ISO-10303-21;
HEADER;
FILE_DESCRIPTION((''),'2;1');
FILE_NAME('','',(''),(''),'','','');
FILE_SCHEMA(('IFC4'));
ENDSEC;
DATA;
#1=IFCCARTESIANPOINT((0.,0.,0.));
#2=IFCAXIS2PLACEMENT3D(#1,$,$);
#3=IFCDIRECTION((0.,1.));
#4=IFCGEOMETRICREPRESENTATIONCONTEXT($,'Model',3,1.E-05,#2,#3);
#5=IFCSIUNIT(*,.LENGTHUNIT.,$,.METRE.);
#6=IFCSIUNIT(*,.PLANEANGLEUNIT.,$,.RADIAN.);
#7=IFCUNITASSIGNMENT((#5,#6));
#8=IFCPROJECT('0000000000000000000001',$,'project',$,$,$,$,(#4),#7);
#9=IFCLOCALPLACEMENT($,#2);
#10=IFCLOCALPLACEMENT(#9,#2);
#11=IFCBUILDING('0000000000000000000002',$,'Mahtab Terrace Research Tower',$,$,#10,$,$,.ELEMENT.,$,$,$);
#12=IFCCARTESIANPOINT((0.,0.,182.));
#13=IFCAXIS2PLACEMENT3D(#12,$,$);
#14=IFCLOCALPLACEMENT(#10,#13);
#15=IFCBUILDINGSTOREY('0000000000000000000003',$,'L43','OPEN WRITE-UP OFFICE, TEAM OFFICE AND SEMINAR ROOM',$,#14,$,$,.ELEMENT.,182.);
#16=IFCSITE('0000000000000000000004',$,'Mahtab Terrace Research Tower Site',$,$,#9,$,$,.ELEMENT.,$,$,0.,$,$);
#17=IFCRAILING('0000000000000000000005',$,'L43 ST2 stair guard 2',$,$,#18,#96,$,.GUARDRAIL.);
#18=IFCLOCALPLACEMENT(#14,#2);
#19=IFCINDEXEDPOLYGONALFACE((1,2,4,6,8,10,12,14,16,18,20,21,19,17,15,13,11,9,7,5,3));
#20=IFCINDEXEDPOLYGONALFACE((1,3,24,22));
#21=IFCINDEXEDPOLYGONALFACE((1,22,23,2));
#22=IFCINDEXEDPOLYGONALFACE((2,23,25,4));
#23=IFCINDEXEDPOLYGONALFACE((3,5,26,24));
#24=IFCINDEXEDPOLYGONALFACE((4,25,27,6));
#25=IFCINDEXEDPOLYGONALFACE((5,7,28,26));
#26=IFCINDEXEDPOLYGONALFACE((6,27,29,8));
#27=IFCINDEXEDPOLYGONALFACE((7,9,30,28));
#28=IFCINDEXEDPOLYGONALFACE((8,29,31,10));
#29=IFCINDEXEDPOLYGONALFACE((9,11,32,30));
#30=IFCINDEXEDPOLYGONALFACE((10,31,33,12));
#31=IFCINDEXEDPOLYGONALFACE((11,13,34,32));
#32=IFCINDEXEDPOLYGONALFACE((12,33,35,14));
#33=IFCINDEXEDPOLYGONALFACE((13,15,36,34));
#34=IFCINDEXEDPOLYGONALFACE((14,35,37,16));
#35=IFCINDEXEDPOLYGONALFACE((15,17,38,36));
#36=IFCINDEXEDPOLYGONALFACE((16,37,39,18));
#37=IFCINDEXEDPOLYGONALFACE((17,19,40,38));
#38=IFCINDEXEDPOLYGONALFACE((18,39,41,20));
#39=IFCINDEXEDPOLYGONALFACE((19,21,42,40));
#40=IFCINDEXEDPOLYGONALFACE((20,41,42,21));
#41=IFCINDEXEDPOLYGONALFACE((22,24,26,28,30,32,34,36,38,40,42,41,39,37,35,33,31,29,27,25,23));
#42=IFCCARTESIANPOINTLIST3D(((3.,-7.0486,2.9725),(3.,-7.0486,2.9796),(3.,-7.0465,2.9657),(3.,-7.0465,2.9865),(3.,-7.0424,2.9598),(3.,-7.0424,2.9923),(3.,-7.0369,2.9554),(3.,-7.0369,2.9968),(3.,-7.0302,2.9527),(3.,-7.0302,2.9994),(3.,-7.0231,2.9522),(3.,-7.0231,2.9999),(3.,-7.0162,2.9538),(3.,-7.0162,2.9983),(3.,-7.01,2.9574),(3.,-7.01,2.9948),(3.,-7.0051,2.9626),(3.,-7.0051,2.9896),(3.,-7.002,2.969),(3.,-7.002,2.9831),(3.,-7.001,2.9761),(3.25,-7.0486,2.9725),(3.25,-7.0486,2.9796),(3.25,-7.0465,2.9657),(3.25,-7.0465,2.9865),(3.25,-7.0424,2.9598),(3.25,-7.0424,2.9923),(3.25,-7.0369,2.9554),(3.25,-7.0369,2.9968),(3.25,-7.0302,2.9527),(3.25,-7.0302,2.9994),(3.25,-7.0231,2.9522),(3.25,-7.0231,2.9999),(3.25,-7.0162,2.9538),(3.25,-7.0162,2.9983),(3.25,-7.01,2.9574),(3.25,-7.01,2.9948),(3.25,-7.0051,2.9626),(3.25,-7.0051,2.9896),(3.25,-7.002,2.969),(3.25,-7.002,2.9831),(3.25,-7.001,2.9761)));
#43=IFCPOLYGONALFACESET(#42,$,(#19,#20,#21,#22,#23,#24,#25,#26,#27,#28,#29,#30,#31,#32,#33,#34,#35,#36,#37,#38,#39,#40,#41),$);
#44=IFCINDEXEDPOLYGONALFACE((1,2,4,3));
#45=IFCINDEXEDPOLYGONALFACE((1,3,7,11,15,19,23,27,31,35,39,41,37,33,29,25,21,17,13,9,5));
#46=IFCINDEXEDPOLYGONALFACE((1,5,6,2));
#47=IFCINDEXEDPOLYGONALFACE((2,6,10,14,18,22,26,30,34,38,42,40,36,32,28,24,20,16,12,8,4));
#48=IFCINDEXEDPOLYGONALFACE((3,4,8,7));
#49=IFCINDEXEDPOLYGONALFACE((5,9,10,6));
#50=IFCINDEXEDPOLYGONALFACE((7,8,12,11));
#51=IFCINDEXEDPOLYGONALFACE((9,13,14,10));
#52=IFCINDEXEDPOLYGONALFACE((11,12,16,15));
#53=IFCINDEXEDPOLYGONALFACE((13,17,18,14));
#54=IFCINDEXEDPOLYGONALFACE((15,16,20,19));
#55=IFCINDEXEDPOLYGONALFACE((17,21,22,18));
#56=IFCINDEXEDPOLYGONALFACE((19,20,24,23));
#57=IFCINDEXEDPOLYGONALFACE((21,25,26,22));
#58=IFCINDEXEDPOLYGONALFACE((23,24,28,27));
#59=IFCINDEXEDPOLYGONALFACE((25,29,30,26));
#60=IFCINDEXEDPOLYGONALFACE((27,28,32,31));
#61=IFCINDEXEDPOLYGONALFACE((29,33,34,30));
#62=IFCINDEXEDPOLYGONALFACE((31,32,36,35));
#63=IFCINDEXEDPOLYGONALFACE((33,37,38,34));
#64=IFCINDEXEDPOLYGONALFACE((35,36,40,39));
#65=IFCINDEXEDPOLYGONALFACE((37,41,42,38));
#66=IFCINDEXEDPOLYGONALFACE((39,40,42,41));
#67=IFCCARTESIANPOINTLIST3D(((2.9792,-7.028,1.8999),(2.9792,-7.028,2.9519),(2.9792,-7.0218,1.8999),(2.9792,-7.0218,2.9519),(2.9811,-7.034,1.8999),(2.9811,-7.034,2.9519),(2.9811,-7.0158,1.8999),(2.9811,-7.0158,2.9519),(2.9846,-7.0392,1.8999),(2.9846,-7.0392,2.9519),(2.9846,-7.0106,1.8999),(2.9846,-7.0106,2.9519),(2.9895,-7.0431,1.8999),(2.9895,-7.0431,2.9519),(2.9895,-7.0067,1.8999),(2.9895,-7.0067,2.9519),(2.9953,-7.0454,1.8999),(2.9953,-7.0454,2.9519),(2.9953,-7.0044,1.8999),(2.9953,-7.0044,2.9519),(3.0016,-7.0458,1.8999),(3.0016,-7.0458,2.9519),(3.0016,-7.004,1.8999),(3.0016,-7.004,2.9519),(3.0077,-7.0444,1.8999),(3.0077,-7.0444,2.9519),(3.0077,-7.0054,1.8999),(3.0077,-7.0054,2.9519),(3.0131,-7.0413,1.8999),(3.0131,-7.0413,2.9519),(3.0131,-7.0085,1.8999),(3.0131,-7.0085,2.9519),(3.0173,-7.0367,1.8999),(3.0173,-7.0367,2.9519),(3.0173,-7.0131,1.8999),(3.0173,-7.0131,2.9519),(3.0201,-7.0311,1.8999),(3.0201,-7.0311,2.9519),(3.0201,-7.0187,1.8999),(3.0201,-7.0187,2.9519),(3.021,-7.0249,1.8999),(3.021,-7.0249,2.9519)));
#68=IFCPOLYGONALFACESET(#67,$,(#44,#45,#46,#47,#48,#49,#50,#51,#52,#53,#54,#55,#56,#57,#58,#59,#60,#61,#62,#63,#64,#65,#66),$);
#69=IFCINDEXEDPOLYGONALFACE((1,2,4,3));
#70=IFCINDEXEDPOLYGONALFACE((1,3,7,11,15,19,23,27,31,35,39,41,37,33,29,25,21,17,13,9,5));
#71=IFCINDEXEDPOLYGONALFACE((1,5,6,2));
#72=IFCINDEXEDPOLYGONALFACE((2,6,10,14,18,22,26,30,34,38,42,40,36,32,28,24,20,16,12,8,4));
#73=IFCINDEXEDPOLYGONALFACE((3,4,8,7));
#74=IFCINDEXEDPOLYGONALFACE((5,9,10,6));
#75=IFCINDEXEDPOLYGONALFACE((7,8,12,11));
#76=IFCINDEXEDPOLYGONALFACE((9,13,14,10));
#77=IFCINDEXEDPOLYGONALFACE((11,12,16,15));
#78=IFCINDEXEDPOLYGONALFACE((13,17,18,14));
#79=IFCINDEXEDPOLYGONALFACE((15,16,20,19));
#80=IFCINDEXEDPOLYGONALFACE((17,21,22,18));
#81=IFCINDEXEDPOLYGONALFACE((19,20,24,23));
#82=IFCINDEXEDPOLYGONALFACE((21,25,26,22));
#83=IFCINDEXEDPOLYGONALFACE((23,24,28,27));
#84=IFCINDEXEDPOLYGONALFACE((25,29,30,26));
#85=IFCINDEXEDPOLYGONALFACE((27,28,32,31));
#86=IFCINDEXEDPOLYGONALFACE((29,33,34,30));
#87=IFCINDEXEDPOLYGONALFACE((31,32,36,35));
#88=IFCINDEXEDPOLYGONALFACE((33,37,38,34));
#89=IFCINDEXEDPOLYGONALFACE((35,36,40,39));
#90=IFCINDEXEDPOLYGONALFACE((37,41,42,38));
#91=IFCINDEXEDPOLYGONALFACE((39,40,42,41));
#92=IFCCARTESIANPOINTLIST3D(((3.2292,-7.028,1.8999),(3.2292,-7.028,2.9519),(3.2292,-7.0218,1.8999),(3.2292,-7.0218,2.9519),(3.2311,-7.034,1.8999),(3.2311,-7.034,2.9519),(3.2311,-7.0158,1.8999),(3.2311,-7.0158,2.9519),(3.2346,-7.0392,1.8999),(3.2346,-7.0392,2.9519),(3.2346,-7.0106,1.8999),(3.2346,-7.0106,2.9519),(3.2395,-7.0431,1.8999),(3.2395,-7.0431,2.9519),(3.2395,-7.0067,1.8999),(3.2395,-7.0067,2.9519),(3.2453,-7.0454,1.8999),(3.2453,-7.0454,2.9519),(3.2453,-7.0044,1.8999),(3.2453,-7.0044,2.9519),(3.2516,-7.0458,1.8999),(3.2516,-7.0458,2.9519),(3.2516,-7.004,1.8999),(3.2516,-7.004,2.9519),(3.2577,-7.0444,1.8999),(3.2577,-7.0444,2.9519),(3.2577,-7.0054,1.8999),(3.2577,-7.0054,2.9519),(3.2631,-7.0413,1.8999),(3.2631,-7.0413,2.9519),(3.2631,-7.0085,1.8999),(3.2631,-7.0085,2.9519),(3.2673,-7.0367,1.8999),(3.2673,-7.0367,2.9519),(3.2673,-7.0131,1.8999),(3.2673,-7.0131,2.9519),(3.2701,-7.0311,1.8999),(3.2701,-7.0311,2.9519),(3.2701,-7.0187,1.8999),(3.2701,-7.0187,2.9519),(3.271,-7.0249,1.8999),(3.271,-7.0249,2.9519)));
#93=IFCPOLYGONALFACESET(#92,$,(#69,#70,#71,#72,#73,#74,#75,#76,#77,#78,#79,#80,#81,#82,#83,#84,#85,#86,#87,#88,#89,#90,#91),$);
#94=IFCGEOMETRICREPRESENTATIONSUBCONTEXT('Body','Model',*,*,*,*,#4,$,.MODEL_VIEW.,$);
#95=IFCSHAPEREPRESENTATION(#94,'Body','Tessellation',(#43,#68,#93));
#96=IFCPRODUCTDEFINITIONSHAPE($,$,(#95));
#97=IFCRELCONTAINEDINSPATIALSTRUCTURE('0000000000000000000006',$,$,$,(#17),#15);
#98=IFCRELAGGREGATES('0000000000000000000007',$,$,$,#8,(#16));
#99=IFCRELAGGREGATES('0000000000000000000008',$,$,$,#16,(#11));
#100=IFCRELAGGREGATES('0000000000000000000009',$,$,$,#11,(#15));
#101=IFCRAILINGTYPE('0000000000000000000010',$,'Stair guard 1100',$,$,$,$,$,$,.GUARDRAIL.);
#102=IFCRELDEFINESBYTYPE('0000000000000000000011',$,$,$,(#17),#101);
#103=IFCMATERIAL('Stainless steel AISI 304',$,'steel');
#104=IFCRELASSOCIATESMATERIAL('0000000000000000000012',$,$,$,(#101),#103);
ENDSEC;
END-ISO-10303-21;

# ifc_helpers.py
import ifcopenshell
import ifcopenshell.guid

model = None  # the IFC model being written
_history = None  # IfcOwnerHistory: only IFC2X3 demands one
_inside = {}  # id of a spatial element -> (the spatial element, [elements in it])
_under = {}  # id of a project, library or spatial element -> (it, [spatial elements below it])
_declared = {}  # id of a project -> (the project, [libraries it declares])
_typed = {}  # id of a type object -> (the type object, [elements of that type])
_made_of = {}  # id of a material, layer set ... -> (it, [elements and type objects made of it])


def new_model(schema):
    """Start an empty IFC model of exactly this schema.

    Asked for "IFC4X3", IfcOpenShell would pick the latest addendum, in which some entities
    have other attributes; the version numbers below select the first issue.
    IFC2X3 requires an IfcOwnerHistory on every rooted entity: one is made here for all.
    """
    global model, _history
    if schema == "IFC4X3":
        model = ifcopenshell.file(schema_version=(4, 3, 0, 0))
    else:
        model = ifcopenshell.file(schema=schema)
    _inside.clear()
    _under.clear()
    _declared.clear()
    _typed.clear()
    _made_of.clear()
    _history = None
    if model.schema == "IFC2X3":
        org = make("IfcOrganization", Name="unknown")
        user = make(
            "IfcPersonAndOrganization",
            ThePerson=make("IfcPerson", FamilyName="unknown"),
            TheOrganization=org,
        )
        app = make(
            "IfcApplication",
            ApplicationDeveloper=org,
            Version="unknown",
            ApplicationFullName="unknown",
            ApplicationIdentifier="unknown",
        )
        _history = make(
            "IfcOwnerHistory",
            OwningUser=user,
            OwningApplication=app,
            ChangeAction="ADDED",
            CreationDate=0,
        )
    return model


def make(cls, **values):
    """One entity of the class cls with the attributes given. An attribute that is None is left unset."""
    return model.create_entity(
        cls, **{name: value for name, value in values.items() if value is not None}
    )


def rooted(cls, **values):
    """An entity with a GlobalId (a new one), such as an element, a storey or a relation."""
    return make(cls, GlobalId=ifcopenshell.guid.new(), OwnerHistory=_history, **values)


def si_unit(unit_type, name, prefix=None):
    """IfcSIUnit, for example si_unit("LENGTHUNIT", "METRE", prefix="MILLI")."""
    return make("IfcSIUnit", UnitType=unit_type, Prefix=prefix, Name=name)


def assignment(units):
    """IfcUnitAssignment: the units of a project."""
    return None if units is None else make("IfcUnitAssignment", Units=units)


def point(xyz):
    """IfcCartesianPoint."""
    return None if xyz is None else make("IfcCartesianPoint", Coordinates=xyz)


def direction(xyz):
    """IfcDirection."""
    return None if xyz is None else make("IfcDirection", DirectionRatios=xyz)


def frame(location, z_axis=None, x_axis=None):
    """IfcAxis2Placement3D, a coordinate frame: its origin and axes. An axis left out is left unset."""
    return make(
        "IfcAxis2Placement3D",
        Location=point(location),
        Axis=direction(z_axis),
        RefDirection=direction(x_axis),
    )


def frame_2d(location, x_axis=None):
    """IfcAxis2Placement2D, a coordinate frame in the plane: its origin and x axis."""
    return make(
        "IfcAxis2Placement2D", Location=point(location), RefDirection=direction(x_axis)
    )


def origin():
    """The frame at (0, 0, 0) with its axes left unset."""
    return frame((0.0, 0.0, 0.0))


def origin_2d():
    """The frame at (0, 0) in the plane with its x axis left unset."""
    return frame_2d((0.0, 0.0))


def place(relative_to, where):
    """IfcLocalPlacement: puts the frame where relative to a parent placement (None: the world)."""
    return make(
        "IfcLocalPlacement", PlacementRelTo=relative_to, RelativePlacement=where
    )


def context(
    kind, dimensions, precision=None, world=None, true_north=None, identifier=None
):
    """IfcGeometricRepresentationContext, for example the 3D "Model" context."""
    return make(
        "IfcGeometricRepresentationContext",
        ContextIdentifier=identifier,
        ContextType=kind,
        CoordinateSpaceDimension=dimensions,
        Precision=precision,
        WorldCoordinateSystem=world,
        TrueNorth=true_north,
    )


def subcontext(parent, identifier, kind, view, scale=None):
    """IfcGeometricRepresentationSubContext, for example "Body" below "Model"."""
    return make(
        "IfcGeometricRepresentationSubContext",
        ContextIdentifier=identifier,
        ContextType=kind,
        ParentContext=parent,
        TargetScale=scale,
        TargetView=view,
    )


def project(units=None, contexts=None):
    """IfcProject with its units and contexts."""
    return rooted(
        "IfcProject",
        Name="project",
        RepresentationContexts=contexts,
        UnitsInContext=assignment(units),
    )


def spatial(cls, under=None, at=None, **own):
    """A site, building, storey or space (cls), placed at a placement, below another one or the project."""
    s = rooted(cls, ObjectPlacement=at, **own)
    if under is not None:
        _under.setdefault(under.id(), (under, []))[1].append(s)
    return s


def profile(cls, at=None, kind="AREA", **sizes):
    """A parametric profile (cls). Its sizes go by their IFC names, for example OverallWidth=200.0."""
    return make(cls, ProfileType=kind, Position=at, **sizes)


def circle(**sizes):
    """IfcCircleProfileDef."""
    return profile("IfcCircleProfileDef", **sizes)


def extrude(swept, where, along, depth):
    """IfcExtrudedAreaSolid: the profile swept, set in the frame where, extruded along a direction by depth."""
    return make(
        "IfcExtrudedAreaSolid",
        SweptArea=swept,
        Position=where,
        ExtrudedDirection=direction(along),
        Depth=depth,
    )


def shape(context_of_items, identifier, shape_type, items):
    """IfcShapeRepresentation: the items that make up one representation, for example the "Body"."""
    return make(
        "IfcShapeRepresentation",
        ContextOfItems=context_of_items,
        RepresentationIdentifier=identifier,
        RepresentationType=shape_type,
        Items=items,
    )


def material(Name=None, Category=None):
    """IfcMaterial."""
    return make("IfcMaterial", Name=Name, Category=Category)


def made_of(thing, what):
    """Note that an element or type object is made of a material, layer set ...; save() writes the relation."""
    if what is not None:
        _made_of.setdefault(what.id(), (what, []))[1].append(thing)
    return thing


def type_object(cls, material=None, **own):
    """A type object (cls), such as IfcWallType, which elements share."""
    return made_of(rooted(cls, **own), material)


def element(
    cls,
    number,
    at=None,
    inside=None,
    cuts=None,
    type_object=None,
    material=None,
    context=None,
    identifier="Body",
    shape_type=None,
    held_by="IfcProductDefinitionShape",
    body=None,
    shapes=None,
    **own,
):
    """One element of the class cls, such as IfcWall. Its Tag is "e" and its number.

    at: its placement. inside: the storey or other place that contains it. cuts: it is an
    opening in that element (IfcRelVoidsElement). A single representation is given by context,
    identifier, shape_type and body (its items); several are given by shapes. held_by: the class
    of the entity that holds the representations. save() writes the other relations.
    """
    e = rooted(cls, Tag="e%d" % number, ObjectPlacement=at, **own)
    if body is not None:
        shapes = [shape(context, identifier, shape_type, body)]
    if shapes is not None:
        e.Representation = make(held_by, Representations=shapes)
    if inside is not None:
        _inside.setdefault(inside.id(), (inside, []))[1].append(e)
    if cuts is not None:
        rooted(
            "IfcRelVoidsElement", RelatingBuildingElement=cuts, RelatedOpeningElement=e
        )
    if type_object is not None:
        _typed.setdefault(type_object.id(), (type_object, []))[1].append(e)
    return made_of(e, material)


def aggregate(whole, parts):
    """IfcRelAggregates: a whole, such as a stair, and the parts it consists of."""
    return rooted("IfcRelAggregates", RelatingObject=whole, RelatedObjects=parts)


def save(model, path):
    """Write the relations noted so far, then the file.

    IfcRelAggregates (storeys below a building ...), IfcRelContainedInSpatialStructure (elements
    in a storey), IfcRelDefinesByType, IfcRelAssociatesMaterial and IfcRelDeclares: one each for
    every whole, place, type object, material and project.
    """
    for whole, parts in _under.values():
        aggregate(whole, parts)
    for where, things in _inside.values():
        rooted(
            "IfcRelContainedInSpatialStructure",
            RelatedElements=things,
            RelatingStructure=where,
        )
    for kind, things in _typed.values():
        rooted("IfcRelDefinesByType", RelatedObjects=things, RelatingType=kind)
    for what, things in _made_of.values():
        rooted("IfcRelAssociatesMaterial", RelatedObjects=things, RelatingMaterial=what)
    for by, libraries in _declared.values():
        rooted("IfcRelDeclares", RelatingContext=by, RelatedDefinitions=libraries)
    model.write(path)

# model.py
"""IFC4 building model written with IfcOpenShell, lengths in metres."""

from ifc_helpers import new_model, si_unit, direction, frame, origin, origin_2d, place, context, subcontext, project, spatial, circle, extrude, material, type_object, element, save


model = new_model("IFC4")

# Units and contexts
model_context = context("Model", 3, precision=1e-05, world=origin(), true_north=direction((0.0, 1.0)))
body_context = subcontext(model_context, "Body", "Model", "MODEL_VIEW")
ifc_project = project(units=[si_unit("LENGTHUNIT", "METRE"), si_unit("PLANEANGLEUNIT", "RADIAN")], contexts=[model_context])

# Site, building, storey
site_placement = place(None, origin())
site = spatial("IfcSite", under=ifc_project, at=site_placement, Name="Mahtab Terrace Research Tower Site", CompositionType="ELEMENT", RefElevation=0.0)
building_placement = place(site_placement, origin())
building = spatial("IfcBuilding", under=site, at=building_placement, Name="Mahtab Terrace Research Tower", CompositionType="ELEMENT")
storey_placement = place(building_placement, frame((0.0, 0.0, 182.0)))
storey = spatial("IfcBuildingStorey", under=building, at=storey_placement, Name="L43", Description="OPEN WRITE-UP OFFICE, TEAM OFFICE AND SEMINAR ROOM", CompositionType="ELEMENT", Elevation=182.0)

# Railing
ifc_material_1 = material(Name="Stainless steel AISI 304", Category="steel")
railing_type_1 = type_object("IfcRailingType", Name="Stair guard 1100", PredefinedType="GUARDRAIL", material=ifc_material_1)
railing_1_placement = place(storey_placement, frame((3.0, -7.0249, 1.8999)))
element("IfcRailing", 1, at=railing_1_placement, inside=storey, type_object=railing_type_1, Name="L43 ST2 stair guard 2", PredefinedType="GUARDRAIL", context=body_context, shape_type="SweptSolid", body=[
    extrude(circle(Radius=0.0239, at=origin_2d()), frame((0.0, 0.0, 1.0762), z_axis=(1.0, 0.0, 0.0), x_axis=(0.0, 1.0, 0.0)), (0.0, 0.0, 1.0), 0.25),
    extrude(circle(Radius=0.021, at=origin_2d()), origin(), (0.0, 0.0, 1.0), 1.052),
    extrude(circle(Radius=0.021, at=origin_2d()), frame((0.25, 0.0, 0.0)), (0.0, 0.0, 1.0), 1.052),
])

save(model, "model.ifc")
